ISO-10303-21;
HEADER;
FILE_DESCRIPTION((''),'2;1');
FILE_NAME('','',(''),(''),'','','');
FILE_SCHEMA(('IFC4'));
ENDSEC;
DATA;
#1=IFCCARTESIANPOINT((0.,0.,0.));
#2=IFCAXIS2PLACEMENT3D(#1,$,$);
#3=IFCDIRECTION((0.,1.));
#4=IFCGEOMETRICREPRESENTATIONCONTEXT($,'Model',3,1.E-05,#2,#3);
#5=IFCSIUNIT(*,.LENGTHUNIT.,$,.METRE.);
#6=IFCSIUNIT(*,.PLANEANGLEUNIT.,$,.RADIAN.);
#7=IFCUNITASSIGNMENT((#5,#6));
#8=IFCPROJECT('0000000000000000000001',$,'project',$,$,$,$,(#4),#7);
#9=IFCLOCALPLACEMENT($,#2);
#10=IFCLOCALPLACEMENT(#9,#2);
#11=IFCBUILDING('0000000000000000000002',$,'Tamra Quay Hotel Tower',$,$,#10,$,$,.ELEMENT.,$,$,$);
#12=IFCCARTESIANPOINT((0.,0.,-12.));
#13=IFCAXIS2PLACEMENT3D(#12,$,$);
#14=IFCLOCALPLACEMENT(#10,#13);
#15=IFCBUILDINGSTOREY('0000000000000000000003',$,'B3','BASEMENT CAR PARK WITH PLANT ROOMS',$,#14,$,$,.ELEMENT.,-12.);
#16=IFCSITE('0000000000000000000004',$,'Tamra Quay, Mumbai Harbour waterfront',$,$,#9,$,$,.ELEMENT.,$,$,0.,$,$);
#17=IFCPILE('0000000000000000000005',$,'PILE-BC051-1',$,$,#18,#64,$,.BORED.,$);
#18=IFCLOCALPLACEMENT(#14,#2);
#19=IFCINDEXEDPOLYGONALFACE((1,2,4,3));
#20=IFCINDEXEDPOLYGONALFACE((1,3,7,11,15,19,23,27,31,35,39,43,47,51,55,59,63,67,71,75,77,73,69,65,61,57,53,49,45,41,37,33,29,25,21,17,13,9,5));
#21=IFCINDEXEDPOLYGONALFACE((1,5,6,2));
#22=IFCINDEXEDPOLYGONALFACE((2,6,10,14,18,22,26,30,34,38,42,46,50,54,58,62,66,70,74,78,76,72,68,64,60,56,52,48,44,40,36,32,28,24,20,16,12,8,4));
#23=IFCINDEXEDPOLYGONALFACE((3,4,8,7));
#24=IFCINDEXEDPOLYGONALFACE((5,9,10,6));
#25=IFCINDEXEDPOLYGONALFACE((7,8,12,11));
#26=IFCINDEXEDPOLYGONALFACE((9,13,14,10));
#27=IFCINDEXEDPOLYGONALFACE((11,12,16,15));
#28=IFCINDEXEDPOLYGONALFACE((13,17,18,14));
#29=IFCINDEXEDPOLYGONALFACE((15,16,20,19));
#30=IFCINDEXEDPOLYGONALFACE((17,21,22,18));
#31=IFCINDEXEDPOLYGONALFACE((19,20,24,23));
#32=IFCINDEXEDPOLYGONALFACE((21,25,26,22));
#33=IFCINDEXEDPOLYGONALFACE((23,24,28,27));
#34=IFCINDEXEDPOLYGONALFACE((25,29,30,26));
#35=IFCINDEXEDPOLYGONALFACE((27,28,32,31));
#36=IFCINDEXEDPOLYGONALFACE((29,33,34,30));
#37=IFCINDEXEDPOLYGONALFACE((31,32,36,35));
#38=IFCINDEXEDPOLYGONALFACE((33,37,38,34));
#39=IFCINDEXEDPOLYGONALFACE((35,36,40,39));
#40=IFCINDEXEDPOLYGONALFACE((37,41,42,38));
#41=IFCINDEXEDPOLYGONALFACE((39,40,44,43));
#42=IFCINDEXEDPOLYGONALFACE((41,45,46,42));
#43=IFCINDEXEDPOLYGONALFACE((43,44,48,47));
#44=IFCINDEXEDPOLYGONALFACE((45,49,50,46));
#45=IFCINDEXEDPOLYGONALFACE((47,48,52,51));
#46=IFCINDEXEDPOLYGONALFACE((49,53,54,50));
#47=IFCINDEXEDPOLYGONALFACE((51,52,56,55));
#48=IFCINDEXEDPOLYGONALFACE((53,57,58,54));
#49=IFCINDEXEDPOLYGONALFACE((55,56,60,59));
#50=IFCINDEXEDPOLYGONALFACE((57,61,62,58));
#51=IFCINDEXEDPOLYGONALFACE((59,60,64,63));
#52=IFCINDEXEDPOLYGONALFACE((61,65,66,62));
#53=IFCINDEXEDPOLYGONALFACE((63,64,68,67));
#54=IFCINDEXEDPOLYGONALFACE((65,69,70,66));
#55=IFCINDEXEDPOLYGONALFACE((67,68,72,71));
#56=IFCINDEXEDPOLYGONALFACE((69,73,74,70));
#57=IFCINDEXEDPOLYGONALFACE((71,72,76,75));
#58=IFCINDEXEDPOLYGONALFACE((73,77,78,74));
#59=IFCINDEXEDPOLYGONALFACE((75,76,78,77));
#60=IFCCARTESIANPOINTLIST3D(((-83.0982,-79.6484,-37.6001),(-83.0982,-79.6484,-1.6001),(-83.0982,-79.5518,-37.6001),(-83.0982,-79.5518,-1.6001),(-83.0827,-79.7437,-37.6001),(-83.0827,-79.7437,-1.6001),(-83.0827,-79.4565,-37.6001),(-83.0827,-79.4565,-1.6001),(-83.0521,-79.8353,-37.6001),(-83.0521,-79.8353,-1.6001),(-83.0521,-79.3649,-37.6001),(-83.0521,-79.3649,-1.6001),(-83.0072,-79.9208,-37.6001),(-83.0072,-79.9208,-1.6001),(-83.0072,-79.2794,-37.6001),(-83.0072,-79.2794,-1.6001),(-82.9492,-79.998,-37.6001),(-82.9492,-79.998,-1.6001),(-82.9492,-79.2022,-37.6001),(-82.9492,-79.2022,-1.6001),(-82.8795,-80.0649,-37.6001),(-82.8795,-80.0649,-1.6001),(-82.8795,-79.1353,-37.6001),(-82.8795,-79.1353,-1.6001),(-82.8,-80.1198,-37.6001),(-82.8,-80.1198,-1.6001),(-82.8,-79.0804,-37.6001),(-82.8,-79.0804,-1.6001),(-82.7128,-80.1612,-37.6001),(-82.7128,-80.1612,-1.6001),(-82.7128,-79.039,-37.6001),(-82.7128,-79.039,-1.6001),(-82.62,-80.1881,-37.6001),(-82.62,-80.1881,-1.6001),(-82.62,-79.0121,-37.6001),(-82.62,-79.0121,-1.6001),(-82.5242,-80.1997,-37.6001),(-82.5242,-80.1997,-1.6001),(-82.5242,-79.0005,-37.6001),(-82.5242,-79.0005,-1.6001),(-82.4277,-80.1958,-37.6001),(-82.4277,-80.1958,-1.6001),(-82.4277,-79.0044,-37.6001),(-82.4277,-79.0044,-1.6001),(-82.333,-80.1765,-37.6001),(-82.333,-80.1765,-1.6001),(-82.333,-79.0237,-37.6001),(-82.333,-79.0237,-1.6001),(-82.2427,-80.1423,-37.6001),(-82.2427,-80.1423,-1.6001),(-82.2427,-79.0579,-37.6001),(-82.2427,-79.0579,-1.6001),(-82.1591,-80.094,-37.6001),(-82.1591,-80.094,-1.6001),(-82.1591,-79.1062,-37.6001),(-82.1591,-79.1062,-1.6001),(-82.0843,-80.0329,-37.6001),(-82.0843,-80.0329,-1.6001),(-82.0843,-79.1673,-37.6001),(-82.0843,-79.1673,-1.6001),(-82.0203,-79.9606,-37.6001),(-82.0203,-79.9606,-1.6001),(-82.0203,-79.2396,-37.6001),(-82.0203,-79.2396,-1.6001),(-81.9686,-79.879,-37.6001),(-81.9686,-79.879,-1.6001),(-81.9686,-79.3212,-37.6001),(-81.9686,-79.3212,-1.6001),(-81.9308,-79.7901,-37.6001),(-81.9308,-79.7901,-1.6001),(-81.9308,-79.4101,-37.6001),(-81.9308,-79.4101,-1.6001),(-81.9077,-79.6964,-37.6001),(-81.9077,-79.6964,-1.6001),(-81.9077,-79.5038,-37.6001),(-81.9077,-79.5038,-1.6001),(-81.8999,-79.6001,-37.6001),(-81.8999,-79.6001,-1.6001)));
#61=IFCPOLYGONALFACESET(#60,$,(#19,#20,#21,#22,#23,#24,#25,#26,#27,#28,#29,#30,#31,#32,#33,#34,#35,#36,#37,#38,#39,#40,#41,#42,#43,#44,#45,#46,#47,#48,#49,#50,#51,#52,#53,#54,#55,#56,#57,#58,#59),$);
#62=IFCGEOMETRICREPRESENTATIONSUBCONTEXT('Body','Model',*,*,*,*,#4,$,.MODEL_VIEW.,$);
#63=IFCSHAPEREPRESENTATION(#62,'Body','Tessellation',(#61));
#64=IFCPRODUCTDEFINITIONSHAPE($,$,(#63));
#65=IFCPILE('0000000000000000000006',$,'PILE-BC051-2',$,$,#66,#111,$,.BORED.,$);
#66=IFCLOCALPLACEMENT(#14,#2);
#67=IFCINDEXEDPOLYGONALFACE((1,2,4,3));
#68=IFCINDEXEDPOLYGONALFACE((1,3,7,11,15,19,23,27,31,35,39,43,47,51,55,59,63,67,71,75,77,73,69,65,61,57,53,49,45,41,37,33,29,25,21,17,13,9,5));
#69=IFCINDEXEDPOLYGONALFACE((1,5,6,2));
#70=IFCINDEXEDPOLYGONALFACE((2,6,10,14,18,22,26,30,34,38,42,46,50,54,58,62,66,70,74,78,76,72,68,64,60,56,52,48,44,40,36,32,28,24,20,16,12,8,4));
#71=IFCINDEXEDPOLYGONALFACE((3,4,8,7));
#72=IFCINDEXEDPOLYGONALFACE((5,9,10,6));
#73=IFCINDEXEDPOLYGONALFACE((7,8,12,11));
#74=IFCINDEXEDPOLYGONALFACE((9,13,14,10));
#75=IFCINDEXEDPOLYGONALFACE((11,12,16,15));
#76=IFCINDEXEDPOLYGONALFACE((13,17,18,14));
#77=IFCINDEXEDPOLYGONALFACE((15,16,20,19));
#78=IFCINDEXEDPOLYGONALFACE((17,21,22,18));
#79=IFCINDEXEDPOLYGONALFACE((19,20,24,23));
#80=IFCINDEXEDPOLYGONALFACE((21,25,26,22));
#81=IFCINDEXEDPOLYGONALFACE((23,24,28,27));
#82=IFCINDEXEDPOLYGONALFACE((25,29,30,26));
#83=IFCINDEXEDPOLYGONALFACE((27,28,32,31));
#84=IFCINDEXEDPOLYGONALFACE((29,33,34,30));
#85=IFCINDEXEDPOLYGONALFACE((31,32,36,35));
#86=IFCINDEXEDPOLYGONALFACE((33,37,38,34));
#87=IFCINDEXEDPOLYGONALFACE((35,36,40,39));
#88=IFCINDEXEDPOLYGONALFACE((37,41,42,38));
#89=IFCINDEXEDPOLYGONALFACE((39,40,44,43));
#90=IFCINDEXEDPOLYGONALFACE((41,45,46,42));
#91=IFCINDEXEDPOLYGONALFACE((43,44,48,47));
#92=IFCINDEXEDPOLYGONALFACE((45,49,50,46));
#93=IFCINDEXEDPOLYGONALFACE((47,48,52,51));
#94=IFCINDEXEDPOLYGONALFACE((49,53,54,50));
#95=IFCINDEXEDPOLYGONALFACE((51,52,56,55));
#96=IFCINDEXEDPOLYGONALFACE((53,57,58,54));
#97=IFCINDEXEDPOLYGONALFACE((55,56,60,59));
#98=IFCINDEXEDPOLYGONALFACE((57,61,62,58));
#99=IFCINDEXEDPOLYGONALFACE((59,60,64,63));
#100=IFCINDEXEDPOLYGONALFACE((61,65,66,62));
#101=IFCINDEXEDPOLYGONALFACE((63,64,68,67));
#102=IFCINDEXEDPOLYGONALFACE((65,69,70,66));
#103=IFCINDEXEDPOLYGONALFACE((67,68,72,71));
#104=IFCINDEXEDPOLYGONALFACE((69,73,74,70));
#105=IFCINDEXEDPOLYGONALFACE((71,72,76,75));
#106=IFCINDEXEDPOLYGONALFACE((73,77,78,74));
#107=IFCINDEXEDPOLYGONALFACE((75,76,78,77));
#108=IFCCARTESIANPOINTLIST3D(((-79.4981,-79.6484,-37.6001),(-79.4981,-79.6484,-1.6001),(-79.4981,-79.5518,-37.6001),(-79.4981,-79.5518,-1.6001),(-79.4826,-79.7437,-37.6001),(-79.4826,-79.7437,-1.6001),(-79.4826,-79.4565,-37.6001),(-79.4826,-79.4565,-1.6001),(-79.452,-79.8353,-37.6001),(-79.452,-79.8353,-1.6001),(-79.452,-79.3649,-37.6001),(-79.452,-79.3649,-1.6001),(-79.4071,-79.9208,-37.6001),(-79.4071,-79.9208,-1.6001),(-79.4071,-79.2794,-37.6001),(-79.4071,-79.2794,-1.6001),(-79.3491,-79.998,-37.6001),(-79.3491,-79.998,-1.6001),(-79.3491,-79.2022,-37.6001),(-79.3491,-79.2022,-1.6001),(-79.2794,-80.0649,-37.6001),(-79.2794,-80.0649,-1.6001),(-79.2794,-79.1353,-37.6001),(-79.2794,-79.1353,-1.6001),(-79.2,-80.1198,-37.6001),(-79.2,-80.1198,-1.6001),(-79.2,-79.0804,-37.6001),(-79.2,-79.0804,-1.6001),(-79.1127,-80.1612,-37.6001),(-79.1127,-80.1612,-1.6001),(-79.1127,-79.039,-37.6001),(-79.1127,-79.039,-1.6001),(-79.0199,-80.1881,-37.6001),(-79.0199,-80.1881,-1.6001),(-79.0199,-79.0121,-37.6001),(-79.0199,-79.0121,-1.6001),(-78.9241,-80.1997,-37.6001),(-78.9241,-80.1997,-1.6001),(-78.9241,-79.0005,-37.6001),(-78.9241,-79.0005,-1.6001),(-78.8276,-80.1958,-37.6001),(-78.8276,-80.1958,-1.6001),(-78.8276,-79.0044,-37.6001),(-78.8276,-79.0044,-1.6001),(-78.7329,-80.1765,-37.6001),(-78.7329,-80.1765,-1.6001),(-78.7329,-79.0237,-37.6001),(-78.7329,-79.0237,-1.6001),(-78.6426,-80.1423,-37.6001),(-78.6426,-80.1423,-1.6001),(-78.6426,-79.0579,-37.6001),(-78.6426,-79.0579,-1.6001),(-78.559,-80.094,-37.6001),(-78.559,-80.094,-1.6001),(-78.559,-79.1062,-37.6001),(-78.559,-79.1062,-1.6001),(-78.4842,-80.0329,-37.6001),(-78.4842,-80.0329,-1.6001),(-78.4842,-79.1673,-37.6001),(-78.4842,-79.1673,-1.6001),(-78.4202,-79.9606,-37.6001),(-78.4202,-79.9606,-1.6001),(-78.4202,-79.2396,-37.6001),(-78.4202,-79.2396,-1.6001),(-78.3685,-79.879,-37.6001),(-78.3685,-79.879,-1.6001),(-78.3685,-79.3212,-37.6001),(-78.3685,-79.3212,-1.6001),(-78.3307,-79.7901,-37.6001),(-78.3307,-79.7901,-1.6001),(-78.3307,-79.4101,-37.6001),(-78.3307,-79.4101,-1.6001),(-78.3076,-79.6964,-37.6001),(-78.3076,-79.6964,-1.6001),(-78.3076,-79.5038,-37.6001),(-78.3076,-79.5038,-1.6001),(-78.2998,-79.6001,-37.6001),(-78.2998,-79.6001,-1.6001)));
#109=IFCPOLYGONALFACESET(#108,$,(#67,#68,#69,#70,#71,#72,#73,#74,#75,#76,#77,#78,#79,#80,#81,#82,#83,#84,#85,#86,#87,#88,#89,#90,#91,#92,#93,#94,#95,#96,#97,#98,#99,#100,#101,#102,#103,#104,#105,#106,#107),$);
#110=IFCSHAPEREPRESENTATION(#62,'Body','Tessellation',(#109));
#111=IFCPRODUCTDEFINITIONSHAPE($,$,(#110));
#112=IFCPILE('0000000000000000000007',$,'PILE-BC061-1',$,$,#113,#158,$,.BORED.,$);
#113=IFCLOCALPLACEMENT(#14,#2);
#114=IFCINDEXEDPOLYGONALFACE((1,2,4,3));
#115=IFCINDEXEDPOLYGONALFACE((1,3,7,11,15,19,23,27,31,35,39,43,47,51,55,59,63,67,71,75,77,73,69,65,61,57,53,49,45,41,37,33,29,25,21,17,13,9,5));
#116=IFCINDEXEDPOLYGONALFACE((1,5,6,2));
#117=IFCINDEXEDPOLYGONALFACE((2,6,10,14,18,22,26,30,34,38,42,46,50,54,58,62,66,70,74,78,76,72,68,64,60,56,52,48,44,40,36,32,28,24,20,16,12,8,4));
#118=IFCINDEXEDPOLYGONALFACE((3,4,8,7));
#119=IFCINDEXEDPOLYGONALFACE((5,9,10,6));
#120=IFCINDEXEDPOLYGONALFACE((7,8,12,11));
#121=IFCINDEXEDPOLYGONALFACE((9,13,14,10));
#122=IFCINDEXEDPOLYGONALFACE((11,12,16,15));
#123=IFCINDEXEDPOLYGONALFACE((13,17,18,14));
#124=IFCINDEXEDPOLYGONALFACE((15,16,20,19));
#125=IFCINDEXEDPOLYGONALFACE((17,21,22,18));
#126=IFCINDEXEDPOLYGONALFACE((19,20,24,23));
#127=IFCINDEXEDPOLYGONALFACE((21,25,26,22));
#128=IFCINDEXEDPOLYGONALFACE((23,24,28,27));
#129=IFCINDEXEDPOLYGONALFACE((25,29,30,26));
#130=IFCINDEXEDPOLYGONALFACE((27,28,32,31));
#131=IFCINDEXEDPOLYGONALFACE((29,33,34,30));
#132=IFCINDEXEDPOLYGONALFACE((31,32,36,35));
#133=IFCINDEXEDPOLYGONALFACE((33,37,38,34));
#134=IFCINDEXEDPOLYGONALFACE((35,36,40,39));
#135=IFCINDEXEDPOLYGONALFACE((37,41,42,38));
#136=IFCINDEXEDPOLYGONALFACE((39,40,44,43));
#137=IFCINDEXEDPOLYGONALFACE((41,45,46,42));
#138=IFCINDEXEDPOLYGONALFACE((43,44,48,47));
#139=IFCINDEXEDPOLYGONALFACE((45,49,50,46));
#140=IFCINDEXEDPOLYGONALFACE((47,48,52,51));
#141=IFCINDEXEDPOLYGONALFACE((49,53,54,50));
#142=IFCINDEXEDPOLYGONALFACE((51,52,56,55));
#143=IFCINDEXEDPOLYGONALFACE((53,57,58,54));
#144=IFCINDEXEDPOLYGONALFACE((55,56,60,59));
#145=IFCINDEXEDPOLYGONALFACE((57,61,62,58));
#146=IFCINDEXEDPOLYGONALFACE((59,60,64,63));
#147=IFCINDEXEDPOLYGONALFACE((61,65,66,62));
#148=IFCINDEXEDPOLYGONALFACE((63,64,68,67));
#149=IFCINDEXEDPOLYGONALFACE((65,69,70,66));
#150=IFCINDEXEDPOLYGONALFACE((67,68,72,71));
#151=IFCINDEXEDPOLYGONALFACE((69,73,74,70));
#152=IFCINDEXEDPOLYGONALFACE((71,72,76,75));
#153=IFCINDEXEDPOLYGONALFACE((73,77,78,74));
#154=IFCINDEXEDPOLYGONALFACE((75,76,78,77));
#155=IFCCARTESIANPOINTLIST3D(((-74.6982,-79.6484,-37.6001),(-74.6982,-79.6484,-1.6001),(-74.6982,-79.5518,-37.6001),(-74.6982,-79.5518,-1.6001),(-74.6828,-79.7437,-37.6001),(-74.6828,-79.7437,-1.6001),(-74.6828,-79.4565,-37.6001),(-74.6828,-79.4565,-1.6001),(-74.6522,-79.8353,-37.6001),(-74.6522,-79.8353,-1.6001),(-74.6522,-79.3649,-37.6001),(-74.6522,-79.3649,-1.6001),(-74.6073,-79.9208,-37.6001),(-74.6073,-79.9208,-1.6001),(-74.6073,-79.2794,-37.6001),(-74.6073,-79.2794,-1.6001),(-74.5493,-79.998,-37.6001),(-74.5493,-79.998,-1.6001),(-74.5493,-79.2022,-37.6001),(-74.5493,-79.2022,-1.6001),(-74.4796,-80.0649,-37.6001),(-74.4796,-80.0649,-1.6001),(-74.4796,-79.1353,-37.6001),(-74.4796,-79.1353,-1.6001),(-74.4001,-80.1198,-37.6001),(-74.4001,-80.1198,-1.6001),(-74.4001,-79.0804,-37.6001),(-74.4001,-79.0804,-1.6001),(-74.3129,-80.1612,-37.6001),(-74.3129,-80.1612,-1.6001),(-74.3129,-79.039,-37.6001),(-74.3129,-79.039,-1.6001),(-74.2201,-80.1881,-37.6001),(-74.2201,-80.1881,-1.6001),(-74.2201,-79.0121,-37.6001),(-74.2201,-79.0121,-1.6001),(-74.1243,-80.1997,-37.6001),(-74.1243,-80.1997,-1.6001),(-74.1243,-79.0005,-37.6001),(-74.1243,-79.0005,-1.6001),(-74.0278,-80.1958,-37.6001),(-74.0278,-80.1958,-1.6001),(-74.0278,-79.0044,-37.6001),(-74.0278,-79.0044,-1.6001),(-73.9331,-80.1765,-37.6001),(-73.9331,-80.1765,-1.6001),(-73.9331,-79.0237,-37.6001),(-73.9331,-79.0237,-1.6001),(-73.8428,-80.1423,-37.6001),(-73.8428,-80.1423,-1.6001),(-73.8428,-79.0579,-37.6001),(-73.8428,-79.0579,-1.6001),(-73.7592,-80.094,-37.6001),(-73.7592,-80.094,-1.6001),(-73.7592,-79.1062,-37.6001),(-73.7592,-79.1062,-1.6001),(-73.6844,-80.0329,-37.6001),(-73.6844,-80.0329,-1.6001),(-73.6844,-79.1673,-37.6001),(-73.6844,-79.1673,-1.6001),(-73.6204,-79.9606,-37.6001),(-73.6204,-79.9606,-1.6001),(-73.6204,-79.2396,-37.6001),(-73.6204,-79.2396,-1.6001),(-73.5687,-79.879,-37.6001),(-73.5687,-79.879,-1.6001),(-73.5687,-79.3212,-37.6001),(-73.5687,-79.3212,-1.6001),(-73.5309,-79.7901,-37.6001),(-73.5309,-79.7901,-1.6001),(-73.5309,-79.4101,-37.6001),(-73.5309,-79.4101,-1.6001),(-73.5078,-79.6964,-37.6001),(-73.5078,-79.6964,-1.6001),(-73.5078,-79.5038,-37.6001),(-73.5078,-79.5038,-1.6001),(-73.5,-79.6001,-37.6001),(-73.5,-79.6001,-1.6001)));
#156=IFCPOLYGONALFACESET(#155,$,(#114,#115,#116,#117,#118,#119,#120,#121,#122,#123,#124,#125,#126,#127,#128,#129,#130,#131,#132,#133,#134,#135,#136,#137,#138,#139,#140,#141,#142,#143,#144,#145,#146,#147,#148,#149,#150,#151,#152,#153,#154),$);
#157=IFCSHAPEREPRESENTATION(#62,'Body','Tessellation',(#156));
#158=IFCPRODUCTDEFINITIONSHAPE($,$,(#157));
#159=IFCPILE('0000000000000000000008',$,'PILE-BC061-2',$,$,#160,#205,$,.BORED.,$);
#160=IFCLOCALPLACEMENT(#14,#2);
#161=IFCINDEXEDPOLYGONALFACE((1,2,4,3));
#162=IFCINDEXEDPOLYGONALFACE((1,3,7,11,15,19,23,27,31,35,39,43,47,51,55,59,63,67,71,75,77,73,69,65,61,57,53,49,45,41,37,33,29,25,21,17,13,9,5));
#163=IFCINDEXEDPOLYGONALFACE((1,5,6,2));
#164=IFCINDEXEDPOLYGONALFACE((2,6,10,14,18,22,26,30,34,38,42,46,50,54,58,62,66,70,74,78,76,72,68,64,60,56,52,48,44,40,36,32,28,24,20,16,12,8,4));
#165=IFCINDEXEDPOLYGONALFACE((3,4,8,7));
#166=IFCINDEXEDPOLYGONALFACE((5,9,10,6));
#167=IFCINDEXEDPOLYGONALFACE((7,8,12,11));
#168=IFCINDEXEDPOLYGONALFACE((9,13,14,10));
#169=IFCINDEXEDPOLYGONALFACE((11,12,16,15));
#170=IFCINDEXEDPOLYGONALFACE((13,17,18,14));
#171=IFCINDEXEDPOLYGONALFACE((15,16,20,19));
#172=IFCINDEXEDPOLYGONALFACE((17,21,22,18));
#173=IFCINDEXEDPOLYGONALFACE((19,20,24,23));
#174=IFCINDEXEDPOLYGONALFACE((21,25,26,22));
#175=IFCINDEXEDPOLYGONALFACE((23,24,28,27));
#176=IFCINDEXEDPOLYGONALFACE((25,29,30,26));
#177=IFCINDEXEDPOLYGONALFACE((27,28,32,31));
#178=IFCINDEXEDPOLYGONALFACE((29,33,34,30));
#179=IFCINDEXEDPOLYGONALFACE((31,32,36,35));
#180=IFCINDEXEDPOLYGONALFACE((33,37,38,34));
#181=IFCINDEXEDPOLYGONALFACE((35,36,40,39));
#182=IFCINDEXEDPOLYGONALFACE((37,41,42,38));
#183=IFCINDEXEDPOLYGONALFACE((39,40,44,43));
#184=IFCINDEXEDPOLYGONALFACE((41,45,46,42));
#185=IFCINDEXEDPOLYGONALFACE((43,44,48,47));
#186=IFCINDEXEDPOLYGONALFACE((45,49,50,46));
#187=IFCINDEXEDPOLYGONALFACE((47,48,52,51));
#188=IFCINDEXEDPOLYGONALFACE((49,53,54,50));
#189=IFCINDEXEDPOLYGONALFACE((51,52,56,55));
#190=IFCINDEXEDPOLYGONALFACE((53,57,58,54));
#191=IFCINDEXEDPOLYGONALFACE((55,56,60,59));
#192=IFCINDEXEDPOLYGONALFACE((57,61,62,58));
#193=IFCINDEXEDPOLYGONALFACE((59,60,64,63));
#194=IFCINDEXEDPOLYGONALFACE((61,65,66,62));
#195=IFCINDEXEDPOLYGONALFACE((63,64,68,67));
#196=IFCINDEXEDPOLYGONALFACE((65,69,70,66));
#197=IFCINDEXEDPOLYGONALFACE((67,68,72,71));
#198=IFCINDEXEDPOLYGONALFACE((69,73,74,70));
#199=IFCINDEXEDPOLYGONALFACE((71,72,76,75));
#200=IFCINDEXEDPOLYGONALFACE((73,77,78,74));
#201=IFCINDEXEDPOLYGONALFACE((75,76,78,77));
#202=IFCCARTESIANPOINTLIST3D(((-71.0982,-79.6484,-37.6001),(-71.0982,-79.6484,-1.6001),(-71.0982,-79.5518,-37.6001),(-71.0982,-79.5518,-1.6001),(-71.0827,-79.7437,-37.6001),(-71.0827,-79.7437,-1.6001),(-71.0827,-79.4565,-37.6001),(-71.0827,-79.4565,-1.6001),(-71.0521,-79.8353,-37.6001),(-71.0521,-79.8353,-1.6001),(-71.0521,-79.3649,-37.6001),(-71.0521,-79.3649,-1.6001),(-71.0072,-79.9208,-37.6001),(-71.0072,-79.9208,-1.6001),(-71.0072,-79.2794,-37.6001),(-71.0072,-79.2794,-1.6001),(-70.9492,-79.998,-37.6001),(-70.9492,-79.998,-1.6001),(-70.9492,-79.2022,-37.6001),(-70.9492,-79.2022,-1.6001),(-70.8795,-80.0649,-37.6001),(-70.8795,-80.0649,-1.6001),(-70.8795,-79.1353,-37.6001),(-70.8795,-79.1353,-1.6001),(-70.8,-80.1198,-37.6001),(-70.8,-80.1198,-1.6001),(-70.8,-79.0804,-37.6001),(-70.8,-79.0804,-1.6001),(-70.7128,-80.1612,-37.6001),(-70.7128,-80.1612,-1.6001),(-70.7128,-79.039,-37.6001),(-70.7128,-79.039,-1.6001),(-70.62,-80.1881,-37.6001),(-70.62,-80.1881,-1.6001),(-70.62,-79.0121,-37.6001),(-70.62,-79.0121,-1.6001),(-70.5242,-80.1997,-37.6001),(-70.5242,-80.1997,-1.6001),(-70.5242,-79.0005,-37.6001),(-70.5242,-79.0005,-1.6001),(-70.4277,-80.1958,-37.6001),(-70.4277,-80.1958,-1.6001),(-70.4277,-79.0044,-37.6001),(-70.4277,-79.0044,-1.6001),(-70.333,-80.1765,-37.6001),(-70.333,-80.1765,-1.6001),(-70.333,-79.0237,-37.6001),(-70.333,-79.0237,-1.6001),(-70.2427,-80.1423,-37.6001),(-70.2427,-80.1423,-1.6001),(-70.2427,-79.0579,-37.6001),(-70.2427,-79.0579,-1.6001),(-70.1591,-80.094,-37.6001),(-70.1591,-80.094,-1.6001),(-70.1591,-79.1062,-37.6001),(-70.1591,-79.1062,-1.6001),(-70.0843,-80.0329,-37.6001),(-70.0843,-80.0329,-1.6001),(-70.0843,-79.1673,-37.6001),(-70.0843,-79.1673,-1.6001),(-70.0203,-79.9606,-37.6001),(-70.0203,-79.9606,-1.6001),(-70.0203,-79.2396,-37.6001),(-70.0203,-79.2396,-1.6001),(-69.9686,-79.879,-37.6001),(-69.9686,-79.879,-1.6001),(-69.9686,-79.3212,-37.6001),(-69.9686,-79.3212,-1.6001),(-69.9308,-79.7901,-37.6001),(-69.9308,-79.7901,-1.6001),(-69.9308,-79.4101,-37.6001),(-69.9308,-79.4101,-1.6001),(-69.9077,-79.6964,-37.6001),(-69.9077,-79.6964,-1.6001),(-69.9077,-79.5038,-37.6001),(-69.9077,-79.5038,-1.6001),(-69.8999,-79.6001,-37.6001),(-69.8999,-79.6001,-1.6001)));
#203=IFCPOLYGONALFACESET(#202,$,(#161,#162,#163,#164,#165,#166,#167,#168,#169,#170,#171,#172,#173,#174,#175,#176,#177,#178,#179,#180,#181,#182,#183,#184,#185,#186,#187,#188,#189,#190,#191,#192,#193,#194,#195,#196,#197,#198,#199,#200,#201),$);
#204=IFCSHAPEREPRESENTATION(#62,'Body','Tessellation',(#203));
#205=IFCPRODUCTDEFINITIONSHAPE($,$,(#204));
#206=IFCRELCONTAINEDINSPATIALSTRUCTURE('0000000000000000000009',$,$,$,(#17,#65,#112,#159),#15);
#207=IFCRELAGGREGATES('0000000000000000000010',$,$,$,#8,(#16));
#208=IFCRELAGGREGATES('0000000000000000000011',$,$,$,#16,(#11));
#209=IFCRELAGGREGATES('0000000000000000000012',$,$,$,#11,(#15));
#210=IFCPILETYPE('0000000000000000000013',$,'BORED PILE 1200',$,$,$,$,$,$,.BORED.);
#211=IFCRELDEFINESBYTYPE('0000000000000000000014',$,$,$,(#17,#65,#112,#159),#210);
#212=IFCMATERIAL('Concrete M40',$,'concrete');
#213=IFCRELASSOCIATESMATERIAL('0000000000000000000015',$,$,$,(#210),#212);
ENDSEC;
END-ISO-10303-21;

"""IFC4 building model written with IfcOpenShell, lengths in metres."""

from ifc_helpers import new_model, si_unit, direction, frame, origin, origin_2d, place, context, subcontext, project, spatial, circle, extrude, material, material_profile, profile_set, type_object, element, save


model = new_model("IFC4")

# Units and contexts
model_context = context("Model", 3, precision=1e-05, world=origin(), true_north=direction((0.0, 1.0)))
body_context = subcontext(model_context, "Body", "Model", "MODEL_VIEW")
ifc_project = project(units=[si_unit("LENGTHUNIT", "METRE"), si_unit("PLANEANGLEUNIT", "RADIAN")], contexts=[model_context])

# Site, building, storey
site_placement = place(None, origin())
site = spatial("IfcSite", under=ifc_project, at=site_placement, Name="Tamra Quay, Mumbai Harbour waterfront", CompositionType="ELEMENT", RefElevation=0.0)
building_placement = place(site_placement, origin())
building = spatial("IfcBuilding", under=site, at=building_placement, Name="Tamra Quay Hotel Tower", CompositionType="ELEMENT")
storey_placement = place(building_placement, frame((0.0, 0.0, -12.0)))
storey = spatial("IfcBuildingStorey", under=building, at=storey_placement, Name="B3", Description="BASEMENT CAR PARK WITH PLANT ROOMS", CompositionType="ELEMENT", Elevation=-12.0)

# Piles
ifc_material_1 = material(Name="Concrete M40", Category="concrete")
ifc_material_profile_1 = material_profile(ifc_material_1, circle(Radius=0.6001, at=origin_2d()), Name="BORED PILE 1200")
ifc_profile_set_1 = profile_set([ifc_material_profile_1], Name="Concrete M40")
pile_type = type_object("IfcPileType", Name="BORED PILE 1200", PredefinedType="BORED", material=ifc_profile_set_1)
for number, where, z_axis, x_axis, name in (
    (1, (-82.5, -79.6001, -1.6001), (0.0, 0.0, -1.0), (1.0, 0.0, 0.0), "PILE-BC051-1"),
    (2, (-78.8999, -79.6001, -1.6001), (0.0, 0.0, -1.0), (1.0, 0.0, 0.0), "PILE-BC051-2"),
    (3, (-74.1001, -79.6001, -1.6001), (0.0, 0.0, -1.0), (1.0, 0.0, 0.0), "PILE-BC061-1"),
    (4, (-70.5, -79.6001, -1.6001), (0.0, 0.0, -1.0), (1.0, 0.0, 0.0), "PILE-BC061-2"),
):
    element("IfcPile", number, at=place(storey_placement, frame(where, z_axis=z_axis, x_axis=x_axis)), inside=storey, type_object=pile_type, Name=name, PredefinedType="BORED", context=body_context, shape_type="SweptSolid", body=[
        extrude(circle(Radius=0.6001, at=origin_2d()), origin(), (0.0, 0.0, 1.0), 36.0),
    ])

save(model, "model.ifc")
